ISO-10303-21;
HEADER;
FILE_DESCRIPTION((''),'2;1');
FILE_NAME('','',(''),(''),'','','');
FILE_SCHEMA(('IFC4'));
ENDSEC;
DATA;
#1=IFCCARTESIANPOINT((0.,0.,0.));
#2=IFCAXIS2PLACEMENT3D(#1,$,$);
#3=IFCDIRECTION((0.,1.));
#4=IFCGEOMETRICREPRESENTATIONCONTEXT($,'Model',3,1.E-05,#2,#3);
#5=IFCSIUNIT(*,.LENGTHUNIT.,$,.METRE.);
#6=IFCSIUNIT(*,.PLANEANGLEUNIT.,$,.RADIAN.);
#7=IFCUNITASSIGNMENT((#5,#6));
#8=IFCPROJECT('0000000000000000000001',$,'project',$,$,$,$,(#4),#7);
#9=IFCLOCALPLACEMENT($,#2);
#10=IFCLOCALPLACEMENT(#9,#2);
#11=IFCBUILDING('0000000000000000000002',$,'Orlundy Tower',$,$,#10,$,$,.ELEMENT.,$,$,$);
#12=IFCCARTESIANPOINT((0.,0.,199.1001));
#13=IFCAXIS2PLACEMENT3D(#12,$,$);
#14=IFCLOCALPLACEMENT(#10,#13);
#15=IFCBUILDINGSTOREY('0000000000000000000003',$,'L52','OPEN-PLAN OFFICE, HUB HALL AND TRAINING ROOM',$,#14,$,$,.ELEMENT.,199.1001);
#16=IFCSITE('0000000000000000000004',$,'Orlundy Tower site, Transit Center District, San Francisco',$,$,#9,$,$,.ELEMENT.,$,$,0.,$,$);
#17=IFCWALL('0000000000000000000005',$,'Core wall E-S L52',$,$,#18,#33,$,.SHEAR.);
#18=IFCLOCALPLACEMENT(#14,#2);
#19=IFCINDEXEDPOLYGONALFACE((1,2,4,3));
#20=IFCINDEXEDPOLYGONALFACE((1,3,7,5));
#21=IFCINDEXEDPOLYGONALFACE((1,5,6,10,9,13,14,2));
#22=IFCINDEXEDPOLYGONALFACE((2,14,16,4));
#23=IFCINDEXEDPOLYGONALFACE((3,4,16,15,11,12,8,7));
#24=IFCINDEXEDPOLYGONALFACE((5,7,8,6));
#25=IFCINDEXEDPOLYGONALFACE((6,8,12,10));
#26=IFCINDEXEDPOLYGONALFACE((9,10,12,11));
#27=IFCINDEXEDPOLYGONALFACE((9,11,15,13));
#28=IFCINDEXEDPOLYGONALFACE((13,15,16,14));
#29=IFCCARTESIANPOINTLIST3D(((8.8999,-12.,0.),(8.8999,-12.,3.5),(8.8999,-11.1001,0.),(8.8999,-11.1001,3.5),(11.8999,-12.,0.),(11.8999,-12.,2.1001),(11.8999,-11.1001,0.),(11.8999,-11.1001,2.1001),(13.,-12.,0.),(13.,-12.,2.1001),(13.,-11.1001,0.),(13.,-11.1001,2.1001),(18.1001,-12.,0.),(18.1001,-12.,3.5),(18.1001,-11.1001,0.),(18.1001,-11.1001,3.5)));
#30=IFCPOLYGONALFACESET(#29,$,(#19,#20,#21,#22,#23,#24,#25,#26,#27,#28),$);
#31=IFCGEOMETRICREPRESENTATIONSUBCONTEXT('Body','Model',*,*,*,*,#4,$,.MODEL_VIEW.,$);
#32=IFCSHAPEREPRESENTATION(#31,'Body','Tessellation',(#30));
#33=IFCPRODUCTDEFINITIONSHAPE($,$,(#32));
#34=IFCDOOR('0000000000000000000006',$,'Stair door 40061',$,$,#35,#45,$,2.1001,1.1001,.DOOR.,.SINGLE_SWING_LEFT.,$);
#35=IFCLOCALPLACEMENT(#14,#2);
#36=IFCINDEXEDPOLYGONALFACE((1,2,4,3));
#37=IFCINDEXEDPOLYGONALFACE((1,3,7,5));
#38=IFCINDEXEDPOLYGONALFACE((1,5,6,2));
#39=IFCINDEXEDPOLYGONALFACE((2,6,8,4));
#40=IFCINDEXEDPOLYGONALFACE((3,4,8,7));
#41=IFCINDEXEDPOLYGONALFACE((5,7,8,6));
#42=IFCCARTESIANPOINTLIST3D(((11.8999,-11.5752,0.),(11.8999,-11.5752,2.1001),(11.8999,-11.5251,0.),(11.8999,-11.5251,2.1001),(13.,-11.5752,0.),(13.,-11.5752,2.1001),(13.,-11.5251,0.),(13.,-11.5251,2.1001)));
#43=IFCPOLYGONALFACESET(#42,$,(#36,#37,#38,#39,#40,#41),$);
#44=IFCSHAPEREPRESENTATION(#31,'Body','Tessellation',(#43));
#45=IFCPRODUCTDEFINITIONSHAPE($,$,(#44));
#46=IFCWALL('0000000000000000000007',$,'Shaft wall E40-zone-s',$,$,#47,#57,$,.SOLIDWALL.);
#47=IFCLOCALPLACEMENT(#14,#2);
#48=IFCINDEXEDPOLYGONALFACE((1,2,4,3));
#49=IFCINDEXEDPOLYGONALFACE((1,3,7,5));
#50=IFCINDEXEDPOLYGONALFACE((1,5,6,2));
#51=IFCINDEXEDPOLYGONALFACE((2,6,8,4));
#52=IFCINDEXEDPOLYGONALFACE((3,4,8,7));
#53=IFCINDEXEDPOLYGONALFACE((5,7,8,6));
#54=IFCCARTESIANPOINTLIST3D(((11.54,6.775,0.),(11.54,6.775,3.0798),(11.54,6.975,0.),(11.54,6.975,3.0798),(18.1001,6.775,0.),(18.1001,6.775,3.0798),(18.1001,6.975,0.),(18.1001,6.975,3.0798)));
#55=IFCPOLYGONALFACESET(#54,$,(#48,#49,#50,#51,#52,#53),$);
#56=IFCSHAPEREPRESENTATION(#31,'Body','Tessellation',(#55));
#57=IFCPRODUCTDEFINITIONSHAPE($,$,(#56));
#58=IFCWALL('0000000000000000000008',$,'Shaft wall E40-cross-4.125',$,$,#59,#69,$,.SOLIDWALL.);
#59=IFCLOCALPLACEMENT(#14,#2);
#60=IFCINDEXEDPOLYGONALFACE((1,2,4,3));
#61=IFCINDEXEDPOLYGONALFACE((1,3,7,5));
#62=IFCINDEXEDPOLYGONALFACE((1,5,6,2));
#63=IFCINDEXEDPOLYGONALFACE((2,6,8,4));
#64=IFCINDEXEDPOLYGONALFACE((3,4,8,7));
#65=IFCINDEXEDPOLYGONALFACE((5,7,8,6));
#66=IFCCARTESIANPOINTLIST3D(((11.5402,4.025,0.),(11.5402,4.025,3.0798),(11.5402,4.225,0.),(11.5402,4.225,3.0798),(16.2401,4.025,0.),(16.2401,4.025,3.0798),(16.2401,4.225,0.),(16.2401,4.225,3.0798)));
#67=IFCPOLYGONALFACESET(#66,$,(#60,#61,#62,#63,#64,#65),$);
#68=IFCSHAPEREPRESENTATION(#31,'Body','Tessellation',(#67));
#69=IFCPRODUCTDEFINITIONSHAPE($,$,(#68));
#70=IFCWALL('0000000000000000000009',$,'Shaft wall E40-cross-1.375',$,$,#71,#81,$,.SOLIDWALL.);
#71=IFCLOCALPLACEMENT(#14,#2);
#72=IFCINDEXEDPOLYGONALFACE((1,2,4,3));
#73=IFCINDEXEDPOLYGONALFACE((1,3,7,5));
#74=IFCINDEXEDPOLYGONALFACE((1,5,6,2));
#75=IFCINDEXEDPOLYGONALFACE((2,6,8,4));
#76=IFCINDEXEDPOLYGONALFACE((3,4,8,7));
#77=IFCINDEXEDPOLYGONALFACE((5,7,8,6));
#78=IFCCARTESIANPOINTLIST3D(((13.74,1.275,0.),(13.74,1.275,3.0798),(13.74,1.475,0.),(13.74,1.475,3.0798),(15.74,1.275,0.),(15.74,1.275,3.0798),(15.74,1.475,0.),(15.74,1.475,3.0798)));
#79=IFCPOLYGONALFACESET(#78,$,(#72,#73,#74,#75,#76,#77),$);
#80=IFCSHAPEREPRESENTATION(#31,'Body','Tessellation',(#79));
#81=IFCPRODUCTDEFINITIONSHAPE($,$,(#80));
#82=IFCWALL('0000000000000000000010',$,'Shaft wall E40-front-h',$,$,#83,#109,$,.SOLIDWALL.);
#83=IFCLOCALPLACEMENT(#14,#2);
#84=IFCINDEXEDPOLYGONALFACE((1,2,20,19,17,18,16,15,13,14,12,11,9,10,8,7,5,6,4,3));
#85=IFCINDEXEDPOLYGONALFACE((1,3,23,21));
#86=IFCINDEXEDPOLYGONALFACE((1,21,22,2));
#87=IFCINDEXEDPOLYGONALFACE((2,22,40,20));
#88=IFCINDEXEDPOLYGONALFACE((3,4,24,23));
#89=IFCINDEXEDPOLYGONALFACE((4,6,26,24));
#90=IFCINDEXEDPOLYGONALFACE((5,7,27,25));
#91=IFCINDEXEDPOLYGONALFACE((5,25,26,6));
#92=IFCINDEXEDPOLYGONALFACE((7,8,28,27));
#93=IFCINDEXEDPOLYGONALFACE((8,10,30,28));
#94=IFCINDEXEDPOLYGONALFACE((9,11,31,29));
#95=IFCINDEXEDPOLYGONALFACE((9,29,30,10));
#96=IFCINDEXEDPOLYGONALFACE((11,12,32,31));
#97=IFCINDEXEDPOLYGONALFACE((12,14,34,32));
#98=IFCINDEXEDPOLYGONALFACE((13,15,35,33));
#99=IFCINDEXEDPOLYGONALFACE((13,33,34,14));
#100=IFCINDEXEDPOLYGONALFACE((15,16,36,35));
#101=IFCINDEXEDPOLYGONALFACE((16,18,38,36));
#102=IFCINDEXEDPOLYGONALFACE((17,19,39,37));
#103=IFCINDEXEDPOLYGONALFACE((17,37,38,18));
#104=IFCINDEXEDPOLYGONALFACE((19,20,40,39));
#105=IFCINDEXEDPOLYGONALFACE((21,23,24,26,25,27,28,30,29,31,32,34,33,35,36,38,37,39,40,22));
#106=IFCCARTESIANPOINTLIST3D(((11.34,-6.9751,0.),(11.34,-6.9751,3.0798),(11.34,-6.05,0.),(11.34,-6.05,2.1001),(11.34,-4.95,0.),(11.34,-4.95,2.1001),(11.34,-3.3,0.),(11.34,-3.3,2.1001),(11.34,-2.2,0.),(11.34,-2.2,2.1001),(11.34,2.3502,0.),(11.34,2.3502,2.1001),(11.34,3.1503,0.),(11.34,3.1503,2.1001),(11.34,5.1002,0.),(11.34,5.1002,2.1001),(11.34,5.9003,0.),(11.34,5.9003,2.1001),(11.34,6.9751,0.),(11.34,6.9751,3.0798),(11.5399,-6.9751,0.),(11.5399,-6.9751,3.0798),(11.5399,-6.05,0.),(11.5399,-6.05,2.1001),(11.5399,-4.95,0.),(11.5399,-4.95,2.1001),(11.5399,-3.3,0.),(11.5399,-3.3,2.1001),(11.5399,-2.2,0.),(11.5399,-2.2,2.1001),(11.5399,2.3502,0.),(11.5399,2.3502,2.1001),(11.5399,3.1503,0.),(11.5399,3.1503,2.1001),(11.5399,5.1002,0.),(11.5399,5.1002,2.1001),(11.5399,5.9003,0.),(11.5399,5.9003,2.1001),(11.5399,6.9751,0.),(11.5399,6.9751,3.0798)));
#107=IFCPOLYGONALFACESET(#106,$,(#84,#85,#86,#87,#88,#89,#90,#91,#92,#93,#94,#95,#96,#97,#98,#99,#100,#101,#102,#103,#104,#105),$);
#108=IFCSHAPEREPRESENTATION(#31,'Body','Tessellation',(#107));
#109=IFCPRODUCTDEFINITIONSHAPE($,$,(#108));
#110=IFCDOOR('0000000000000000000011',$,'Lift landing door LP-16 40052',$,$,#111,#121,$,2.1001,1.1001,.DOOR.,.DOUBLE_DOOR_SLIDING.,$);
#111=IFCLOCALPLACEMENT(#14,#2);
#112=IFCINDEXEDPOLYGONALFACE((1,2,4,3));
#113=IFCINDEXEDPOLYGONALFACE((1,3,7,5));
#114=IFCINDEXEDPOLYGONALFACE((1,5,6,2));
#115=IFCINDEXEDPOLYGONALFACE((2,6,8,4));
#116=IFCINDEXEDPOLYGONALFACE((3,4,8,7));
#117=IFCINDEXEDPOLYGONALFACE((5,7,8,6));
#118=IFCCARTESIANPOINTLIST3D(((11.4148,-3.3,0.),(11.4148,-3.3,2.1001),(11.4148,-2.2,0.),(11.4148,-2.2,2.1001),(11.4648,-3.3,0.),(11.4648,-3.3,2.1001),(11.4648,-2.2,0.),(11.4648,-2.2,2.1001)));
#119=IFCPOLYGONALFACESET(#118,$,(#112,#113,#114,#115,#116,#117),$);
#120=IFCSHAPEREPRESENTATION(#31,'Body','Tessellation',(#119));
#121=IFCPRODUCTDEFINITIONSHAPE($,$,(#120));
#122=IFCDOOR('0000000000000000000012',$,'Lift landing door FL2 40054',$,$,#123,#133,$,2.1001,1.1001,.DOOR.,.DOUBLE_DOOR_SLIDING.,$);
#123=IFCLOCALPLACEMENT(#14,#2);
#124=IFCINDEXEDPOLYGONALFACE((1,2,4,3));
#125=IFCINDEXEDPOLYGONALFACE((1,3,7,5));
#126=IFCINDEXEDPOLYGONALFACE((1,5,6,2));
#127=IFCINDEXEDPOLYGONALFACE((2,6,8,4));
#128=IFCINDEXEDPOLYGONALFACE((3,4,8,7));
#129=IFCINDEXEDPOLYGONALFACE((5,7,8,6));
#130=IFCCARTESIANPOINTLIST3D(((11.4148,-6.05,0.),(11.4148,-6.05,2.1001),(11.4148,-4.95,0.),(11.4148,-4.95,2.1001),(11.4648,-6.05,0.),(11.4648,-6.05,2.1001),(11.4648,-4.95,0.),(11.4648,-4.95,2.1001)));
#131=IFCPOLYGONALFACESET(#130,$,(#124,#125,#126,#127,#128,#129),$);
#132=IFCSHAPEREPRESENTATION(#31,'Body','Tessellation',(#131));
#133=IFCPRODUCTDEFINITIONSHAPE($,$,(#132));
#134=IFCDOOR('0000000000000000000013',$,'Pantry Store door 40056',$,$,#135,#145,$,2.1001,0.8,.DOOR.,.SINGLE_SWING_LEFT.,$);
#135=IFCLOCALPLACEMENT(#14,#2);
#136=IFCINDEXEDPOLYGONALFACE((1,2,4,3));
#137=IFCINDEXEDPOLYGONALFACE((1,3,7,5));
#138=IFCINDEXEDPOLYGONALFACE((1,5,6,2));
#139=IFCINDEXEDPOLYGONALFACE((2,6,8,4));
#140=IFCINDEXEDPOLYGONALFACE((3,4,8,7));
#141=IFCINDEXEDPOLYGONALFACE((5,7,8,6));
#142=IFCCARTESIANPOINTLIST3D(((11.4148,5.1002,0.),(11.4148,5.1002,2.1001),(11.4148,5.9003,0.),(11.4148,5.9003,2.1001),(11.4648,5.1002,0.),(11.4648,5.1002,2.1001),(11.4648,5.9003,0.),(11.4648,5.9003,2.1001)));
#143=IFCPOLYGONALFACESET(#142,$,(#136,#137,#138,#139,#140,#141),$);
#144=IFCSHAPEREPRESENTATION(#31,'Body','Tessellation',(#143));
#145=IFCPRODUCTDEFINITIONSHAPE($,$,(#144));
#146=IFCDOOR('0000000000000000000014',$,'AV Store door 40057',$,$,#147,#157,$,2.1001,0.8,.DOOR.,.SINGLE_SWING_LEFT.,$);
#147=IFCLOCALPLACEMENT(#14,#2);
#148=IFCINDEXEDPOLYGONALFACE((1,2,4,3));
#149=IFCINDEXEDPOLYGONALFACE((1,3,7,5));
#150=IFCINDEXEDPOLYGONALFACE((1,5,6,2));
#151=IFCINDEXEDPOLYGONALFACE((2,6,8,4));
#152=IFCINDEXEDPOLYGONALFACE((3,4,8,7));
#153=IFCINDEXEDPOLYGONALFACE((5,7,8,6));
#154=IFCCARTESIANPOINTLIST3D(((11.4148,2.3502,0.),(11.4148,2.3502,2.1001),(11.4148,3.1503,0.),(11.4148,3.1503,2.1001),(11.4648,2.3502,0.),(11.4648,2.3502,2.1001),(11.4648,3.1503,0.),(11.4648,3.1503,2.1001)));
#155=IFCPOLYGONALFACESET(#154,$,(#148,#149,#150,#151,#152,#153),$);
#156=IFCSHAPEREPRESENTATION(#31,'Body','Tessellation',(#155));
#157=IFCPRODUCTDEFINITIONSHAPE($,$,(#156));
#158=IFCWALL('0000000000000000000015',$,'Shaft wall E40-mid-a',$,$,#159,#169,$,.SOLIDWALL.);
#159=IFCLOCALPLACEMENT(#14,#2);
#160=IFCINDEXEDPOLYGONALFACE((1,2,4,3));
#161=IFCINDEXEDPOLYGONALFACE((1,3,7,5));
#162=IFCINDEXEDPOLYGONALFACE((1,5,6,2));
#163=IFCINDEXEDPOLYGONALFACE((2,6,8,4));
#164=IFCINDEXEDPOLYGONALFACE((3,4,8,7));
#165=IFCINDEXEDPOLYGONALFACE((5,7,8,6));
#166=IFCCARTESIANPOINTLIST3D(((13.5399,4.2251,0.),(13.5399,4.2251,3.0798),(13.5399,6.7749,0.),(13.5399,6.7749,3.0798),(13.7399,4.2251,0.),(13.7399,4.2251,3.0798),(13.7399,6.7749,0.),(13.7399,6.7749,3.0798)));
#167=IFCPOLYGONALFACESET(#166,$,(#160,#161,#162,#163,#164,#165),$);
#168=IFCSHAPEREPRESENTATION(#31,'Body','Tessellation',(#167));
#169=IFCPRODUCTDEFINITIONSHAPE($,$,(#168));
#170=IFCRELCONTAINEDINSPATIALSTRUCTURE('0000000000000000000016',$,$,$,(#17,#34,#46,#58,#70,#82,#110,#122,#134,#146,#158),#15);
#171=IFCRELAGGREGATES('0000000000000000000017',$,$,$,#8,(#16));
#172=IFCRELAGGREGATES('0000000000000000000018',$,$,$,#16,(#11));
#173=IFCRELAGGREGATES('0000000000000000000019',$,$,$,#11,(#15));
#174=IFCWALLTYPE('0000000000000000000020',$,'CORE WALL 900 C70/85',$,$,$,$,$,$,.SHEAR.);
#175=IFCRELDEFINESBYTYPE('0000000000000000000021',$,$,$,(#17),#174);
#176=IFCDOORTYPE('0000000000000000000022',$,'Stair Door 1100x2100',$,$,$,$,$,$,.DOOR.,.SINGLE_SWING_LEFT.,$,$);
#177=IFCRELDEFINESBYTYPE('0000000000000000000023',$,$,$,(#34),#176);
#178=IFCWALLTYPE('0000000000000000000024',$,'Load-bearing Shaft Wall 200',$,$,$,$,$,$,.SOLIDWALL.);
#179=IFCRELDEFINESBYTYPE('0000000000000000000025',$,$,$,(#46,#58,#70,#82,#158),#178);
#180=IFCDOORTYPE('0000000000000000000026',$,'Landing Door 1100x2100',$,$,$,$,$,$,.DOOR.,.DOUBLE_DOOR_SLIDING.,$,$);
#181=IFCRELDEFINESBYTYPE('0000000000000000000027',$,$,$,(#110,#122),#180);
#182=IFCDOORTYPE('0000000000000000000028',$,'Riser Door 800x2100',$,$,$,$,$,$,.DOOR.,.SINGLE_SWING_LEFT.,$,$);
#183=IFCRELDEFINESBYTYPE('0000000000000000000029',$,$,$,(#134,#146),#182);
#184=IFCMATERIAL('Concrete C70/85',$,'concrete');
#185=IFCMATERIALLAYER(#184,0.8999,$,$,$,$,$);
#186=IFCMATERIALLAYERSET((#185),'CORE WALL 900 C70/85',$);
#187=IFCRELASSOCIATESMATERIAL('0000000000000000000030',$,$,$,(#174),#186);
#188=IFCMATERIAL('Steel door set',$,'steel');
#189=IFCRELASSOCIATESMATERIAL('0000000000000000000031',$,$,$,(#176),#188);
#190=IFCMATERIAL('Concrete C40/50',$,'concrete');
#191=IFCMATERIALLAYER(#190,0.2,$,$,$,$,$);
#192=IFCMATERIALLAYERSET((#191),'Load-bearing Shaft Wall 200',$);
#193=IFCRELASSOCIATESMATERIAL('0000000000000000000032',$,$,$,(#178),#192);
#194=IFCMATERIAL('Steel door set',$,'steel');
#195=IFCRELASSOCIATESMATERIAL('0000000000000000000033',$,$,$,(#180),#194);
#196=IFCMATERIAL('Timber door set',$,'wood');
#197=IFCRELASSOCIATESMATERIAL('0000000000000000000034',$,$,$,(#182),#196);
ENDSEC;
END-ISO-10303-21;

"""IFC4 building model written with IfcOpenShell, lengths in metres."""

from ifc_helpers import new_model, si_unit, direction, frame, frame_2d, origin, place, context, subcontext, project, spatial, rectangle, extrude, material, layer, layer_set, type_object, element, fill, save


model = new_model("IFC4")

# Units and contexts
model_context = context("Model", 3, precision=1e-05, world=origin(), true_north=direction((0.0, 1.0)))
body_context = subcontext(model_context, "Body", "Model", "MODEL_VIEW")
ifc_project = project(units=[si_unit("LENGTHUNIT", "METRE"), si_unit("PLANEANGLEUNIT", "RADIAN")], contexts=[model_context])

# Site, building, storey
site_placement = place(None, origin())
site = spatial("IfcSite", under=ifc_project, at=site_placement, Name="Orlundy Tower site, Transit Center District, San Francisco", CompositionType="ELEMENT", RefElevation=0.0)
building_placement = place(site_placement, origin())
building = spatial("IfcBuilding", under=site, at=building_placement, Name="Orlundy Tower", CompositionType="ELEMENT")
storey_placement = place(building_placement, frame((0.0, 0.0, 199.1001)))
storey = spatial("IfcBuildingStorey", under=building, at=storey_placement, Name="L52", Description="OPEN-PLAN OFFICE, HUB HALL AND TRAINING ROOM", CompositionType="ELEMENT", Elevation=199.1001)

# Wall, opening, door
ifc_material_1 = material(Name="Concrete C70/85", Category="concrete")
ifc_layer_1 = layer(ifc_material_1, 0.8999)
ifc_layer_set_1 = layer_set([ifc_layer_1], Name="CORE WALL 900 C70/85")
wall_type_1 = type_object("IfcWallType", Name="CORE WALL 900 C70/85", PredefinedType="SHEAR", material=ifc_layer_set_1)
wall_1_placement = place(storey_placement, frame((8.8999, -11.55, 0.0), z_axis=(0.0, 0.0, 1.0), x_axis=(1.0, 0.0, 0.0)))
wall_1 = element("IfcWall", 1, at=wall_1_placement, inside=storey, type_object=wall_type_1, Name="Core wall E-S L52", PredefinedType="SHEAR", context=body_context, shape_type="SweptSolid", body=[
    extrude(rectangle(XDim=9.2002, YDim=0.8999, at=frame_2d((4.6001, 0.0))), origin(), (0.0, 0.0, 1.0), 3.5),
])
opening_1_placement = place(wall_1_placement, frame((3.0, 0.0, 0.0)))
opening_1 = element("IfcOpeningElement", 2, at=opening_1_placement, cuts=wall_1, PredefinedType="OPENING", context=body_context, shape_type="SweptSolid", body=[
    extrude(rectangle(XDim=1.1001, YDim=2.1001, at=frame_2d((0.55, 1.05))), frame((0.0, 0.46, 0.0), z_axis=(0.0, -1.0, 0.0), x_axis=(1.0, 0.0, 0.0)), (0.0, 0.0, 1.0), 0.9199),
])
ifc_material_2 = material(Name="Steel door set", Category="steel")
door_type_1 = type_object("IfcDoorType", Name="Stair Door 1100x2100", OperationType="SINGLE_SWING_LEFT", PredefinedType="DOOR", material=ifc_material_2)
door_1_placement = place(opening_1_placement, origin())
door_1 = element("IfcDoor", 3, at=door_1_placement, inside=storey, type_object=door_type_1, Name="Stair door 40061", OperationType="SINGLE_SWING_LEFT", OverallHeight=2.1001, OverallWidth=1.1001, PredefinedType="DOOR", context=body_context, shape_type="SweptSolid", body=[
    extrude(rectangle(XDim=1.1001, YDim=2.1001, at=frame_2d((0.55, 1.05))), frame((0.0, 0.0249, 0.0), z_axis=(0.0, -1.0, 0.0), x_axis=(1.0, 0.0, 0.0)), (0.0, 0.0, 1.0), 0.05),
])
fill(opening_1, door_1)

# Walls
ifc_material_3 = material(Name="Concrete C40/50", Category="concrete")
ifc_layer_2 = layer(ifc_material_3, 0.2)
ifc_layer_set_2 = layer_set([ifc_layer_2], Name="Load-bearing Shaft Wall 200")
wall_type_2 = type_object("IfcWallType", Name="Load-bearing Shaft Wall 200", PredefinedType="SOLIDWALL", material=ifc_layer_set_2)
wall_2_placement = place(storey_placement, frame((11.54, 6.875, 0.0), z_axis=(0.0, 0.0, 1.0), x_axis=(1.0, 0.0, 0.0)))
element("IfcWall", 4, at=wall_2_placement, inside=storey, type_object=wall_type_2, Name="Shaft wall E40-zone-s", PredefinedType="SOLIDWALL", context=body_context, shape_type="SweptSolid", body=[
    extrude(rectangle(XDim=6.5601, YDim=0.2, at=frame_2d((3.28, 0.0))), origin(), (0.0, 0.0, 1.0), 3.0798),
])
wall_3_placement = place(storey_placement, frame((11.54, 4.125, 0.0), z_axis=(0.0, 0.0, 1.0), x_axis=(1.0, 0.0, 0.0)))
element("IfcWall", 5, at=wall_3_placement, inside=storey, type_object=wall_type_2, Name="Shaft wall E40-cross-4.125", PredefinedType="SOLIDWALL", context=body_context, shape_type="SweptSolid", body=[
    extrude(rectangle(XDim=4.7, YDim=0.2, at=frame_2d((2.3501, 0.0))), origin(), (0.0, 0.0, 1.0), 3.0798),
])
wall_4_placement = place(storey_placement, frame((13.74, 1.375, 0.0), z_axis=(0.0, 0.0, 1.0), x_axis=(1.0, 0.0, 0.0)))
element("IfcWall", 6, at=wall_4_placement, inside=storey, type_object=wall_type_2, Name="Shaft wall E40-cross-1.375", PredefinedType="SOLIDWALL", context=body_context, shape_type="SweptSolid", body=[
    extrude(rectangle(XDim=2.0, YDim=0.2, at=frame_2d((1.0, 0.0))), origin(), (0.0, 0.0, 1.0), 3.0798),
])

# Wall, openings, doors
wall_5_placement = place(storey_placement, frame((11.4399, 6.9751, 0.0), z_axis=(0.0, 0.0, 1.0), x_axis=(0.0, -1.0, 0.0)))
wall_5 = element("IfcWall", 7, at=wall_5_placement, inside=storey, type_object=wall_type_2, Name="Shaft wall E40-front-h", PredefinedType="SOLIDWALL", context=body_context, shape_type="SweptSolid", body=[
    extrude(rectangle(XDim=13.9502, YDim=0.2, at=frame_2d((6.9751, 0.0))), origin(), (0.0, 0.0, 1.0), 3.0798),
])
opening_2_placement = place(wall_5_placement, frame((9.175, 0.0, 0.0)))
opening_2 = element("IfcOpeningElement", 8, at=opening_2_placement, cuts=wall_5, PredefinedType="OPENING", context=body_context, shape_type="SweptSolid", body=[
    extrude(rectangle(XDim=1.1001, YDim=2.1001, at=frame_2d((0.55, 1.05))), frame((0.0, 0.1101, 0.0), z_axis=(0.0, -1.0, 0.0), x_axis=(1.0, 0.0, 0.0)), (0.0, 0.0, 1.0), 0.2202),
])
opening_3_placement = place(wall_5_placement, frame((11.925, 0.0, 0.0)))
opening_3 = element("IfcOpeningElement", 9, at=opening_3_placement, cuts=wall_5, PredefinedType="OPENING", context=body_context, shape_type="SweptSolid", body=[
    extrude(rectangle(XDim=1.1001, YDim=2.1001, at=frame_2d((0.55, 1.05))), frame((0.0, 0.1101, 0.0), z_axis=(0.0, -1.0, 0.0), x_axis=(1.0, 0.0, 0.0)), (0.0, 0.0, 1.0), 0.2202),
])
opening_4_placement = place(wall_5_placement, frame((1.075, 0.0, 0.0)))
opening_4 = element("IfcOpeningElement", 10, at=opening_4_placement, cuts=wall_5, PredefinedType="OPENING", context=body_context, shape_type="SweptSolid", body=[
    extrude(rectangle(XDim=0.8, YDim=2.1001, at=frame_2d((0.3999, 1.05))), frame((0.0, 0.1101, 0.0), z_axis=(0.0, -1.0, 0.0), x_axis=(1.0, 0.0, 0.0)), (0.0, 0.0, 1.0), 0.2202),
])
opening_5_placement = place(wall_5_placement, frame((3.825, 0.0, 0.0)))
opening_5 = element("IfcOpeningElement", 11, at=opening_5_placement, cuts=wall_5, PredefinedType="OPENING", context=body_context, shape_type="SweptSolid", body=[
    extrude(rectangle(XDim=0.8, YDim=2.1001, at=frame_2d((0.3999, 1.05))), frame((0.0, 0.1101, 0.0), z_axis=(0.0, -1.0, 0.0), x_axis=(1.0, 0.0, 0.0)), (0.0, 0.0, 1.0), 0.2202),
])
ifc_material_4 = material(Name="Steel door set", Category="steel")
door_type_2 = type_object("IfcDoorType", Name="Landing Door 1100x2100", OperationType="DOUBLE_DOOR_SLIDING", PredefinedType="DOOR", material=ifc_material_4)
door_2_placement = place(opening_2_placement, origin())
door_2 = element("IfcDoor", 12, at=door_2_placement, inside=storey, type_object=door_type_2, Name="Lift landing door LP-16 40052", OperationType="DOUBLE_DOOR_SLIDING", OverallHeight=2.1001, OverallWidth=1.1001, PredefinedType="DOOR", context=body_context, shape_type="SweptSolid", body=[
    extrude(rectangle(XDim=1.1001, YDim=2.1001, at=frame_2d((0.55, 1.05))), frame((0.0, 0.0249, 0.0), z_axis=(0.0, -1.0, 0.0), x_axis=(1.0, 0.0, 0.0)), (0.0, 0.0, 1.0), 0.05),
])
fill(opening_2, door_2)
door_3_placement = place(opening_3_placement, origin())
door_3 = element("IfcDoor", 13, at=door_3_placement, inside=storey, type_object=door_type_2, Name="Lift landing door FL2 40054", OperationType="DOUBLE_DOOR_SLIDING", OverallHeight=2.1001, OverallWidth=1.1001, PredefinedType="DOOR", context=body_context, shape_type="SweptSolid", body=[
    extrude(rectangle(XDim=1.1001, YDim=2.1001, at=frame_2d((0.55, 1.05))), frame((0.0, 0.0249, 0.0), z_axis=(0.0, -1.0, 0.0), x_axis=(1.0, 0.0, 0.0)), (0.0, 0.0, 1.0), 0.05),
])
fill(opening_3, door_3)
ifc_material_5 = material(Name="Timber door set", Category="wood")
door_type_3 = type_object("IfcDoorType", Name="Riser Door 800x2100", OperationType="SINGLE_SWING_LEFT", PredefinedType="DOOR", material=ifc_material_5)
door_4_placement = place(opening_4_placement, origin())
door_4 = element("IfcDoor", 14, at=door_4_placement, inside=storey, type_object=door_type_3, Name="Pantry Store door 40056", OperationType="SINGLE_SWING_LEFT", OverallHeight=2.1001, OverallWidth=0.8, PredefinedType="DOOR", context=body_context, shape_type="SweptSolid", body=[
    extrude(rectangle(XDim=0.8, YDim=2.1001, at=frame_2d((0.3999, 1.05))), frame((0.0, 0.0249, 0.0), z_axis=(0.0, -1.0, 0.0), x_axis=(1.0, 0.0, 0.0)), (0.0, 0.0, 1.0), 0.05),
])
fill(opening_4, door_4)
door_5_placement = place(opening_5_placement, origin())
door_5 = element("IfcDoor", 15, at=door_5_placement, inside=storey, type_object=door_type_3, Name="AV Store door 40057", OperationType="SINGLE_SWING_LEFT", OverallHeight=2.1001, OverallWidth=0.8, PredefinedType="DOOR", context=body_context, shape_type="SweptSolid", body=[
    extrude(rectangle(XDim=0.8, YDim=2.1001, at=frame_2d((0.3999, 1.05))), frame((0.0, 0.0249, 0.0), z_axis=(0.0, -1.0, 0.0), x_axis=(1.0, 0.0, 0.0)), (0.0, 0.0, 1.0), 0.05),
])
fill(opening_5, door_5)

# Wall
wall_6_placement = place(storey_placement, frame((13.6399, 6.7749, 0.0), z_axis=(0.0, 0.0, 1.0), x_axis=(0.0, -1.0, 0.0)))
element("IfcWall", 16, at=wall_6_placement, inside=storey, type_object=wall_type_2, Name="Shaft wall E40-mid-a", PredefinedType="SOLIDWALL", context=body_context, shape_type="SweptSolid", body=[
    extrude(rectangle(XDim=2.5498, YDim=0.2, at=frame_2d((1.2749, 0.0))), origin(), (0.0, 0.0, 1.0), 3.0798),
])

save(model, "model.ifc")
